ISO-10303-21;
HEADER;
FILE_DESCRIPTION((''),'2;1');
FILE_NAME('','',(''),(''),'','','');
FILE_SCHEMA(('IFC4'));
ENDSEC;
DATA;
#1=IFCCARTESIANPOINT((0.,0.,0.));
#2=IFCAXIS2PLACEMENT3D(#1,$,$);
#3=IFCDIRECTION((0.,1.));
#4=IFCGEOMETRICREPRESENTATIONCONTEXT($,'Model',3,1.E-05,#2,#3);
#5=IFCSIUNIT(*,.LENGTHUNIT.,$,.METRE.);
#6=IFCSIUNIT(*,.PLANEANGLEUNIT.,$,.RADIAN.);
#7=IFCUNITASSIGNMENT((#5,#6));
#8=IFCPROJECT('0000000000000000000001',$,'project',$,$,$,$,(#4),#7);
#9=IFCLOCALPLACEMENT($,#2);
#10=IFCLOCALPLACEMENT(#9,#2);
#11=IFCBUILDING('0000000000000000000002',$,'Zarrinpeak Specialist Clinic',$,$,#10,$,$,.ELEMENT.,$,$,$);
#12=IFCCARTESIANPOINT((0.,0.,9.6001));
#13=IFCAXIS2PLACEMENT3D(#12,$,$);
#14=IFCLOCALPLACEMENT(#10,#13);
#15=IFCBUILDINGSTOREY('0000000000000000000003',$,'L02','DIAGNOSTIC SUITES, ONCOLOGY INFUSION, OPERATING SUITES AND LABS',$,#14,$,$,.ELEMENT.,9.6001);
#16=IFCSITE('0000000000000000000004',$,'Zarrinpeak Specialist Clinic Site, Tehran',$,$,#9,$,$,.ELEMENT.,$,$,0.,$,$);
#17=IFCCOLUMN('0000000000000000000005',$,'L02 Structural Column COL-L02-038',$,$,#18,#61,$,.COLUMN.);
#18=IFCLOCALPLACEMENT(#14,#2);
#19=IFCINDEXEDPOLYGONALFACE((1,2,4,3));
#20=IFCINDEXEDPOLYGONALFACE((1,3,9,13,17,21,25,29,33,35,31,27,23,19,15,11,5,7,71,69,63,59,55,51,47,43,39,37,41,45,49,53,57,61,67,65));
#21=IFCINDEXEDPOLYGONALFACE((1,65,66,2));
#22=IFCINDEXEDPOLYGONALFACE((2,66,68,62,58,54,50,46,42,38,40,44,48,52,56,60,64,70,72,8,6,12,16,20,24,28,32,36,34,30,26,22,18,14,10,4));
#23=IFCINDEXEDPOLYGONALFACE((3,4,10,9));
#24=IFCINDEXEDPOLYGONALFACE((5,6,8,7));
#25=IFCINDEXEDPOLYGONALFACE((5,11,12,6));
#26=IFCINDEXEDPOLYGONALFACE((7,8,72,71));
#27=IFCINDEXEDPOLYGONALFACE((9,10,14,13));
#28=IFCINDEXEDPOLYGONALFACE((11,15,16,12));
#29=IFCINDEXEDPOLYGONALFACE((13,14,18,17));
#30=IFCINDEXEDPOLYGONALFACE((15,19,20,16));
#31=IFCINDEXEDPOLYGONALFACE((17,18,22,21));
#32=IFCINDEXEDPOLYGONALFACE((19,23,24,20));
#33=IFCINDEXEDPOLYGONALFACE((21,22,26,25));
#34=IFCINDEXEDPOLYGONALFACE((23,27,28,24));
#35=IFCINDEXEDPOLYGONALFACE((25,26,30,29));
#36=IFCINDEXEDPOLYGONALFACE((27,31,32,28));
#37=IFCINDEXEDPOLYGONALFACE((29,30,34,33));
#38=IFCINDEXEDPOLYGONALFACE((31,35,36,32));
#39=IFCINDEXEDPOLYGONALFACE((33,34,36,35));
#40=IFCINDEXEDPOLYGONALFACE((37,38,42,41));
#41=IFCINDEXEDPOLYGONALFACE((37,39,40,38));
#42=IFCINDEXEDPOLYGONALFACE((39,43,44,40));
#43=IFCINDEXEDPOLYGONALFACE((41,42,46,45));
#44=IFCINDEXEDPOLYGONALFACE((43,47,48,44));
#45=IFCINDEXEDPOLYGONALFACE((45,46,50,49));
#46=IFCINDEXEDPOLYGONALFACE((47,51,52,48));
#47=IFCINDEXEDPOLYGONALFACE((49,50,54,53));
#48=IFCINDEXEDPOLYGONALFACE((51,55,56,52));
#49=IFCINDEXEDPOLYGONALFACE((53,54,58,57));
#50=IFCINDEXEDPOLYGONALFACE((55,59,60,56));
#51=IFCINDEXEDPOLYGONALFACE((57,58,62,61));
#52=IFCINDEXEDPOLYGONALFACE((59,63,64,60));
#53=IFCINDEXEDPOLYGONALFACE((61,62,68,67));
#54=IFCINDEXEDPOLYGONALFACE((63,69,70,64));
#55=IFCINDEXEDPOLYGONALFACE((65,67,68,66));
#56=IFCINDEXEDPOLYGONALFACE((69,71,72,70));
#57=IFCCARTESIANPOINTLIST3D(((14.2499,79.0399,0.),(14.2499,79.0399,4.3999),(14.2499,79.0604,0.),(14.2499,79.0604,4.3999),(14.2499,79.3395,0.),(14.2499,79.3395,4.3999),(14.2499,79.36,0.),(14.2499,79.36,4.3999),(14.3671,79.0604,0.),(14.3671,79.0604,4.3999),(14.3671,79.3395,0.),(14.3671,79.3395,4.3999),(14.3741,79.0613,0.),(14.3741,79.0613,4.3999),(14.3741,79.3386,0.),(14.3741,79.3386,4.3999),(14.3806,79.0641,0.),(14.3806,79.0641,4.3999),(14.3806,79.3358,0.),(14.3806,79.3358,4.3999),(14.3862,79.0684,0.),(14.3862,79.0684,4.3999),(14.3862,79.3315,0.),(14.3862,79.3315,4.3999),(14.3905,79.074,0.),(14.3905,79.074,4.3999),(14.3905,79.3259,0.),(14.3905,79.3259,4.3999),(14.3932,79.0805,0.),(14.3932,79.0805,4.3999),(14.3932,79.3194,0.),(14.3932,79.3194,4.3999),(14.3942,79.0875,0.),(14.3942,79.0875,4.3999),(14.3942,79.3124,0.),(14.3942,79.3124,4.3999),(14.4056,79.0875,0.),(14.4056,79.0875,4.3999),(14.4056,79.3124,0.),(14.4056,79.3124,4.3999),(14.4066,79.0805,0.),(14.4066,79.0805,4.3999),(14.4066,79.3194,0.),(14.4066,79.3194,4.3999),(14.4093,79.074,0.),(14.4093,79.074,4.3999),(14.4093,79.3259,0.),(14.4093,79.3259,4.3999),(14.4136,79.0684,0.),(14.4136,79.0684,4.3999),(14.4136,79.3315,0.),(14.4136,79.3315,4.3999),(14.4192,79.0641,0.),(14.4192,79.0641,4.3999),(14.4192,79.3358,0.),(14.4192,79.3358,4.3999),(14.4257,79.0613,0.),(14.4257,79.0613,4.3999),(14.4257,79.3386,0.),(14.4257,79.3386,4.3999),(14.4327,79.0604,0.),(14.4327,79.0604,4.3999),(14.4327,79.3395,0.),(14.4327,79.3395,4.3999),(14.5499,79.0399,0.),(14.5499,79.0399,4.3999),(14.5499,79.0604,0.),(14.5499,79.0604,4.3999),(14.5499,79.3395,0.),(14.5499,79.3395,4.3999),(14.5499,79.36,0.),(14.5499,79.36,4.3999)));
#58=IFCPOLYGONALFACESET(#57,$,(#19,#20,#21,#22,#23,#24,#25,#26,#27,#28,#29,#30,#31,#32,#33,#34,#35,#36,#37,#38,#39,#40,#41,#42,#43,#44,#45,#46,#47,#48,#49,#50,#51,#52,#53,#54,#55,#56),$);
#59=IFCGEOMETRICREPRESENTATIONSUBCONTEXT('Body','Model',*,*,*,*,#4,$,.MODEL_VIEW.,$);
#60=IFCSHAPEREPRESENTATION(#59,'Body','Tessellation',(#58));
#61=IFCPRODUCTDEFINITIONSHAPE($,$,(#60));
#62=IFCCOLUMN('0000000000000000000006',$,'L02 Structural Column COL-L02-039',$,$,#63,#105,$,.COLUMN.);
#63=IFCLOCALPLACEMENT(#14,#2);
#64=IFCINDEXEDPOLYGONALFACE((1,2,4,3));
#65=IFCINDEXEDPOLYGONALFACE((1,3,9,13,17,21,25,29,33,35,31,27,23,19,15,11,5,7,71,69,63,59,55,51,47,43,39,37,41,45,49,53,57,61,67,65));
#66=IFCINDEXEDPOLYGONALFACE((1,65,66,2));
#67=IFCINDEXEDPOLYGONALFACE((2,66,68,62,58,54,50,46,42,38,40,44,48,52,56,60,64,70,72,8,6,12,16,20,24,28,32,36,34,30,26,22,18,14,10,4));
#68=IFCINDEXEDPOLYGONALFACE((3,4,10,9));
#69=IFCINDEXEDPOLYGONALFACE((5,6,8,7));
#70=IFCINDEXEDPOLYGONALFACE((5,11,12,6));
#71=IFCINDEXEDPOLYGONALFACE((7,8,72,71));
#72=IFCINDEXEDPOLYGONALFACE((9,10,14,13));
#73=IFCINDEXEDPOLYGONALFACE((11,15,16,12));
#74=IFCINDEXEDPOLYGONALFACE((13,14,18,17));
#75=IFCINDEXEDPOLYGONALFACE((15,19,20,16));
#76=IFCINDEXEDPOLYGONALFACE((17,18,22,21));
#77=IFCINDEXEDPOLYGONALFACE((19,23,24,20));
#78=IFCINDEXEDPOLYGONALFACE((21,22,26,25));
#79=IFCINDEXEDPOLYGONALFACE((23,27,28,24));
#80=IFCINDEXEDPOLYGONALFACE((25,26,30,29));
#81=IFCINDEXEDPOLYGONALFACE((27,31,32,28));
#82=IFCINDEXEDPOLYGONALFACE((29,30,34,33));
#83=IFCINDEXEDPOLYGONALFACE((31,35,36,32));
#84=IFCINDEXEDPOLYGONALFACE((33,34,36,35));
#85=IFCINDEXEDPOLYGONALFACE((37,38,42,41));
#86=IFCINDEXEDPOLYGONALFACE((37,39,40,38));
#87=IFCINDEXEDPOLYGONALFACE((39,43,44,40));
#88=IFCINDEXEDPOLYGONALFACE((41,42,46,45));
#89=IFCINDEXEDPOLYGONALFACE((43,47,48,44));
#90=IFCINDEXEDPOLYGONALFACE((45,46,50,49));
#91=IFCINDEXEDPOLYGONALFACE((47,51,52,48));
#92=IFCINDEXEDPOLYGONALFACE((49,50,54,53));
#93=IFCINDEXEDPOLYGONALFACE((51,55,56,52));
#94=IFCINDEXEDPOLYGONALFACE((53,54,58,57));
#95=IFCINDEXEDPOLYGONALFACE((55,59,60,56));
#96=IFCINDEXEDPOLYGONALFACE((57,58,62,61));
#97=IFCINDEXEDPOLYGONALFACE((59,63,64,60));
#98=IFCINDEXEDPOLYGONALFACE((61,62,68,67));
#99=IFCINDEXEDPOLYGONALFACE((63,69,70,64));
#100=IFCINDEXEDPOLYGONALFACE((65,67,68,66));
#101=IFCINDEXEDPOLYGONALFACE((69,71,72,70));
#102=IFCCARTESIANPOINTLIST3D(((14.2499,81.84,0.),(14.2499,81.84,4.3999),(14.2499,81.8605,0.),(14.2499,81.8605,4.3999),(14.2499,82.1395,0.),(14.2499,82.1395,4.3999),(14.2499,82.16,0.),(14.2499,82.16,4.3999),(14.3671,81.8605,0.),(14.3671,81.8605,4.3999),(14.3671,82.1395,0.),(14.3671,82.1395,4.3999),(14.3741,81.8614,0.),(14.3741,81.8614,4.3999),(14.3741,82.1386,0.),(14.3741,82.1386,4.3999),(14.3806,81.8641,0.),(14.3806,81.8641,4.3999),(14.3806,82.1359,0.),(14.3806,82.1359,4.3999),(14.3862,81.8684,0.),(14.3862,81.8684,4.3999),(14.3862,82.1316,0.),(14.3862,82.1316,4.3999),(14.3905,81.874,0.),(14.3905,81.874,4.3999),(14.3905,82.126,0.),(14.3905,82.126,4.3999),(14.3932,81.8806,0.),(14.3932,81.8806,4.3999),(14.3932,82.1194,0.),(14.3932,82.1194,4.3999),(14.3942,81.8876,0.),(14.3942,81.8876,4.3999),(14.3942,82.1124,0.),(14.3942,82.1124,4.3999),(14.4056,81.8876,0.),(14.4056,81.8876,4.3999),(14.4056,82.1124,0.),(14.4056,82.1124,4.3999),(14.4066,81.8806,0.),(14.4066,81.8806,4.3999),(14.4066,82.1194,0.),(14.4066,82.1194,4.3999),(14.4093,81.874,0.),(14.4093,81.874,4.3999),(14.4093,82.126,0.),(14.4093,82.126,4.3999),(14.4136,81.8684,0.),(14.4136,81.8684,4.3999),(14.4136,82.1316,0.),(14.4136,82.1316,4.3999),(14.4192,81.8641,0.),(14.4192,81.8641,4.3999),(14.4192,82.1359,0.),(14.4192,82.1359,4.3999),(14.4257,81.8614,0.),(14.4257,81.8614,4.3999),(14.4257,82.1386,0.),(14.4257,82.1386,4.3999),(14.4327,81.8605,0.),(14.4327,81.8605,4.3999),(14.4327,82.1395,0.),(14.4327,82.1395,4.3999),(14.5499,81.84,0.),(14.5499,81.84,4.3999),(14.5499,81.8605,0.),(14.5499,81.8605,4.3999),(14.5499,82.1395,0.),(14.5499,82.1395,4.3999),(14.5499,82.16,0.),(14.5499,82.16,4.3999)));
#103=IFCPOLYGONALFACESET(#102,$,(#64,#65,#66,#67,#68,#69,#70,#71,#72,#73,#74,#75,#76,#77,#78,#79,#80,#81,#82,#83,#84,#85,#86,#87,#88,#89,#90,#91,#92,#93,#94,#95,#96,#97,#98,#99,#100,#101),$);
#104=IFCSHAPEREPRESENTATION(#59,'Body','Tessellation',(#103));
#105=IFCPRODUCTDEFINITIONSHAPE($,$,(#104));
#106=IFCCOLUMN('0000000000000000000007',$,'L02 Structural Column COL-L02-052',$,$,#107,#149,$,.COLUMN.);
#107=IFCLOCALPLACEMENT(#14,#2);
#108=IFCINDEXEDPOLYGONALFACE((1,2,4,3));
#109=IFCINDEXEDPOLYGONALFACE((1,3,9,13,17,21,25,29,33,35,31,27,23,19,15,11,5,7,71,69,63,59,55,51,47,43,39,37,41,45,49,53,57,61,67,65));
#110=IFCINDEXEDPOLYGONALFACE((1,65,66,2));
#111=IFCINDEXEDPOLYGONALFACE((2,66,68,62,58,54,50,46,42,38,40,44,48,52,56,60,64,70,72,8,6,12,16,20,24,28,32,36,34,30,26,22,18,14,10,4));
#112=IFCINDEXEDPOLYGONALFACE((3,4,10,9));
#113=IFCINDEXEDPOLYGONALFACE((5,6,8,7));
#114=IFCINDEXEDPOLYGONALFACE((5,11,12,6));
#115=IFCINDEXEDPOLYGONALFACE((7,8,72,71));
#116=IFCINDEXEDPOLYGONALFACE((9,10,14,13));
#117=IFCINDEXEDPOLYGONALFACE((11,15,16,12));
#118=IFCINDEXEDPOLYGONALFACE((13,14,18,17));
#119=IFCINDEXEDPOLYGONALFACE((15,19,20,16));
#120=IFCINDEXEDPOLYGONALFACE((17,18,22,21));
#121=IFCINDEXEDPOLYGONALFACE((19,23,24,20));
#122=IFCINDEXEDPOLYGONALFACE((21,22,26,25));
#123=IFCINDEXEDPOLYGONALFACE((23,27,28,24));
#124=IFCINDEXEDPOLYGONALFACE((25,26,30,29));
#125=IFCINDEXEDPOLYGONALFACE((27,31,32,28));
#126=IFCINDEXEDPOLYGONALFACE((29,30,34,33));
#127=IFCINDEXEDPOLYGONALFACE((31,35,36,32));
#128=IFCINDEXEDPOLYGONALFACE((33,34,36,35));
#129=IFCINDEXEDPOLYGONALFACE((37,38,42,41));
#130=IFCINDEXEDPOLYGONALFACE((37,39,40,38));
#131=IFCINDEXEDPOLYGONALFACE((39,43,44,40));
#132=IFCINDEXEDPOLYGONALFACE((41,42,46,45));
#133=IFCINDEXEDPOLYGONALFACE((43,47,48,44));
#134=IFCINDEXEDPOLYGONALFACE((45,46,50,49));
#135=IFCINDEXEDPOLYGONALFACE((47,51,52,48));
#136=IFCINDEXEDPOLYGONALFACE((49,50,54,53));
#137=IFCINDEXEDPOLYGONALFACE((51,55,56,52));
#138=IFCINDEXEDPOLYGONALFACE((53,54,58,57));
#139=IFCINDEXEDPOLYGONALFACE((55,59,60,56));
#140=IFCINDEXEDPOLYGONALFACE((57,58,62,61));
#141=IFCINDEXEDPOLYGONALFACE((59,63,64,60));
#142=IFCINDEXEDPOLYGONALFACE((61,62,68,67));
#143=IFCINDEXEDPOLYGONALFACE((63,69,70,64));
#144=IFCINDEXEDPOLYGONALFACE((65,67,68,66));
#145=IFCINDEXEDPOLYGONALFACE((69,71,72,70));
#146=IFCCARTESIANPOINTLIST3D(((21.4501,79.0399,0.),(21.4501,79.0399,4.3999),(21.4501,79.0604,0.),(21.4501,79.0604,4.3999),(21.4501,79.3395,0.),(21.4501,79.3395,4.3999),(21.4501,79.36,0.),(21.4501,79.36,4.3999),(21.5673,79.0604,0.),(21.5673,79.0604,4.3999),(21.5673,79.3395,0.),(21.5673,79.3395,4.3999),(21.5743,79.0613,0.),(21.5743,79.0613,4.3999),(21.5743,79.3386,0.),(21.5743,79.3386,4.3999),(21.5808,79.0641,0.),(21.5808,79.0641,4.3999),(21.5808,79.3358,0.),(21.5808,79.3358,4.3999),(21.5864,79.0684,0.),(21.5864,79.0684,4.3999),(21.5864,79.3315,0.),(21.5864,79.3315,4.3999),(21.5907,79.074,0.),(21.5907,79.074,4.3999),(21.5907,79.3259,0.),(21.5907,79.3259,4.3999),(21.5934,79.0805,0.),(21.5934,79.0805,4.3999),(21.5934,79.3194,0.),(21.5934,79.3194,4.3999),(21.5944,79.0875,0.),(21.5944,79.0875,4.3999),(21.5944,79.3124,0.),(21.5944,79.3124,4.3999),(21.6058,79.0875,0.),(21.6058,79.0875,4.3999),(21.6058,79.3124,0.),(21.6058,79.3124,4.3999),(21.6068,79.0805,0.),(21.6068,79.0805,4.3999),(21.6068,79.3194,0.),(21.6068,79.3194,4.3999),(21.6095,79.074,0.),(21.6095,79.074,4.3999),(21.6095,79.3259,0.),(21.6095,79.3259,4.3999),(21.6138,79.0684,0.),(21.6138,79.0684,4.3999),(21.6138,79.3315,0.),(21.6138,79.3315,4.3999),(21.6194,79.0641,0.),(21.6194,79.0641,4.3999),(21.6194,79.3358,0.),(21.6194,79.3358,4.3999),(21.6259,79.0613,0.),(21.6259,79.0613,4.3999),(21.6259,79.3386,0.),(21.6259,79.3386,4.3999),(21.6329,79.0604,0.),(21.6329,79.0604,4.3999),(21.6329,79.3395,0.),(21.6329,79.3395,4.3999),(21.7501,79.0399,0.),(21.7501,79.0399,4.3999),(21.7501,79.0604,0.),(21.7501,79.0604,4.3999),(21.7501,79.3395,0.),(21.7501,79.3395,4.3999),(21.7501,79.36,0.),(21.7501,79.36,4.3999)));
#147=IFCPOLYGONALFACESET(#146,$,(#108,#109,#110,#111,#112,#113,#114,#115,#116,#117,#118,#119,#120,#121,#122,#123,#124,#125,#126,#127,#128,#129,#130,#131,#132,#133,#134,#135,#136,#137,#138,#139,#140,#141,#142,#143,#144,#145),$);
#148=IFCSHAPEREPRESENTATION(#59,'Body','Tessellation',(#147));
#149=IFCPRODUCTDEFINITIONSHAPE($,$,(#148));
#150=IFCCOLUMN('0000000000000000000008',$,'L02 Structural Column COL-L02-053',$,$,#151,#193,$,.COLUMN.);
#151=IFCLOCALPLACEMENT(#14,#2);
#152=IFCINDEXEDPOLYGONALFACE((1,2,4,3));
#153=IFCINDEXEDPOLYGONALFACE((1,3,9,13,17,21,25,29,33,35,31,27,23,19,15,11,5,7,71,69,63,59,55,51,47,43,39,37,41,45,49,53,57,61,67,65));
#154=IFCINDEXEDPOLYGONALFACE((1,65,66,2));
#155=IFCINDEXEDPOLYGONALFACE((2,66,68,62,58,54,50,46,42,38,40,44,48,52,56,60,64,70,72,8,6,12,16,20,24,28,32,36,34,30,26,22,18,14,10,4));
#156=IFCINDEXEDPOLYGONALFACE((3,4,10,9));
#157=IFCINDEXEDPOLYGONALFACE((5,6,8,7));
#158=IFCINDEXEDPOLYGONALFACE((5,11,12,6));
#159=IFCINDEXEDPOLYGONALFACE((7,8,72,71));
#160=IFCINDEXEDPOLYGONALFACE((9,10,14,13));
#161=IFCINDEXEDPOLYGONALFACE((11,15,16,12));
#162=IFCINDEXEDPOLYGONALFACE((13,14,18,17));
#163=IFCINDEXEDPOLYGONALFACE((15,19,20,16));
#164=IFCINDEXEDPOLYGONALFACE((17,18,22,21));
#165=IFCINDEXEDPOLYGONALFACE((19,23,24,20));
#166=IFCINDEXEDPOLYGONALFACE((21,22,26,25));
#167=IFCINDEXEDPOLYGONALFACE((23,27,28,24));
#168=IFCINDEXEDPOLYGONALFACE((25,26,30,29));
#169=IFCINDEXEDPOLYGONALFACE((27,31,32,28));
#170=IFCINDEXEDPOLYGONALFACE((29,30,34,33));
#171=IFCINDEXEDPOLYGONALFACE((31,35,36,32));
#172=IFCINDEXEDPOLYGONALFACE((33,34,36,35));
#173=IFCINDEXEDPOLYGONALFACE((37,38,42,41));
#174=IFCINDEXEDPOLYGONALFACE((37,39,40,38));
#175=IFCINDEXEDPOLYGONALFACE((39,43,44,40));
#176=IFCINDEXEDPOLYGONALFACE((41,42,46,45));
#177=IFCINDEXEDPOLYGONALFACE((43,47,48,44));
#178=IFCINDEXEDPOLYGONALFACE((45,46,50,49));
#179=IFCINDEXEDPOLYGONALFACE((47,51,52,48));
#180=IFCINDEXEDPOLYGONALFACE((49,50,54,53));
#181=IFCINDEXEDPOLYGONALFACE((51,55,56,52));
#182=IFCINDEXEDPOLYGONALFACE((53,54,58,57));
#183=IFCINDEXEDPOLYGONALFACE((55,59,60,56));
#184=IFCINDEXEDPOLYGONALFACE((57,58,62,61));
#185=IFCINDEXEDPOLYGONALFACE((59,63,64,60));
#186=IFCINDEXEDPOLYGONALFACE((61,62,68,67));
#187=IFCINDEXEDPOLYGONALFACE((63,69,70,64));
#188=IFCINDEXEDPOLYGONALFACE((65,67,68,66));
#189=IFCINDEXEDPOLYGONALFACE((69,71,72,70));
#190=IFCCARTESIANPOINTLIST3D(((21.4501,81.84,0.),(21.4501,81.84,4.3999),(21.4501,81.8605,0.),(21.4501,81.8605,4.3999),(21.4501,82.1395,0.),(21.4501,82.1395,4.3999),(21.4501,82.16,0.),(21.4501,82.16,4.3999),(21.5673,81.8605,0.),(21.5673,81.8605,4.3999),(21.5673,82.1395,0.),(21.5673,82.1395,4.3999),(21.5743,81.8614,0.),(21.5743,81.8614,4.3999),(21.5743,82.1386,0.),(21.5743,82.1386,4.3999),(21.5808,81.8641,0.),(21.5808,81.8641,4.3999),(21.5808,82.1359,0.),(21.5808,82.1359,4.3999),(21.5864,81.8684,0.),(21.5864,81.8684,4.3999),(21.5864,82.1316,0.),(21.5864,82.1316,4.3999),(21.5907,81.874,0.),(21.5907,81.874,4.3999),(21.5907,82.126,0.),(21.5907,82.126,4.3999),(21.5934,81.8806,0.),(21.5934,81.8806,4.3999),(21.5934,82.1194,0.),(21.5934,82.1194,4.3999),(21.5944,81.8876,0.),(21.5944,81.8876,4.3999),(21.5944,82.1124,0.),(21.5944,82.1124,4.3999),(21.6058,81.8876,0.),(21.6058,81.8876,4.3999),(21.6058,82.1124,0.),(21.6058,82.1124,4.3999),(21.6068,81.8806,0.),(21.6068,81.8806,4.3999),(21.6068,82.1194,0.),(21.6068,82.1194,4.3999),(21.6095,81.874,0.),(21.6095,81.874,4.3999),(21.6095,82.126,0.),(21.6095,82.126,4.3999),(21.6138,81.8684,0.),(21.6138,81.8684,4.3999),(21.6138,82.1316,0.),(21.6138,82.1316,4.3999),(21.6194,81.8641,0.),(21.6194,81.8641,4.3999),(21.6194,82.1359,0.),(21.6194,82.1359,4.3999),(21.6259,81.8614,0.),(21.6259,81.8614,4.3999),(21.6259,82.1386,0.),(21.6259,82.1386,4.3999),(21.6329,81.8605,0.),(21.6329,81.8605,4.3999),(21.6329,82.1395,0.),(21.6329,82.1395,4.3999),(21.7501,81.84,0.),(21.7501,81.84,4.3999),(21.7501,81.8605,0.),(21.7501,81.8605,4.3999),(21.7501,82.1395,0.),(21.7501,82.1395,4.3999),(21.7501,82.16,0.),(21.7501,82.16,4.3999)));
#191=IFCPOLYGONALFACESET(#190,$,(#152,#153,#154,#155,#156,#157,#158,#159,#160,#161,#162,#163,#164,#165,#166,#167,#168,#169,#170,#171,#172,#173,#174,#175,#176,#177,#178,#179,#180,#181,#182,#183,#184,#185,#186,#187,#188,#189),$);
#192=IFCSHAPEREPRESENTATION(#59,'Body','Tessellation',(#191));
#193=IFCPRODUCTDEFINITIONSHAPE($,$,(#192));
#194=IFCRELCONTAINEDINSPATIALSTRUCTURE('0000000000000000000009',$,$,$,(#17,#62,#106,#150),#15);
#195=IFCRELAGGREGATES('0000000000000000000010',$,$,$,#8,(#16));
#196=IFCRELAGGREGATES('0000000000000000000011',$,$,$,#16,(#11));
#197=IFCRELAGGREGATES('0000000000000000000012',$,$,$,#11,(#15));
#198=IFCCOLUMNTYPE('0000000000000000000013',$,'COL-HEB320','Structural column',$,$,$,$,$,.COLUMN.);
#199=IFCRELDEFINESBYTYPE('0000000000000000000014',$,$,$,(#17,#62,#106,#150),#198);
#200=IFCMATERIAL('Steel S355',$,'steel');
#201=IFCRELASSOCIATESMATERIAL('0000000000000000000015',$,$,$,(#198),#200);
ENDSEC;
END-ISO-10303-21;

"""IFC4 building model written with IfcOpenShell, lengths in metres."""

from ifc_helpers import new_model, si_unit, direction, frame, origin, origin_2d, place, context, subcontext, project, spatial, i_section, extrude, material, material_profile, profile_set, type_object, element, save


model = new_model("IFC4")

# Units and contexts
model_context = context("Model", 3, precision=1e-05, world=origin(), true_north=direction((0.0, 1.0)))
body_context = subcontext(model_context, "Body", "Model", "MODEL_VIEW")
ifc_project = project(units=[si_unit("LENGTHUNIT", "METRE"), si_unit("PLANEANGLEUNIT", "RADIAN")], contexts=[model_context])

# Site, building, storey
site_placement = place(None, origin())
site = spatial("IfcSite", under=ifc_project, at=site_placement, Name="Zarrinpeak Specialist Clinic Site, Tehran", CompositionType="ELEMENT", RefElevation=0.0)
building_placement = place(site_placement, origin())
building = spatial("IfcBuilding", under=site, at=building_placement, Name="Zarrinpeak Specialist Clinic", CompositionType="ELEMENT")
storey_placement = place(building_placement, frame((0.0, 0.0, 9.6001)))
storey = spatial("IfcBuildingStorey", under=building, at=storey_placement, Name="L02", Description="DIAGNOSTIC SUITES, ONCOLOGY INFUSION, OPERATING SUITES AND LABS", CompositionType="ELEMENT", Elevation=9.6001)

# Columns
ifc_material_1 = material(Name="Steel S355", Category="steel")
ifc_material_profile_1 = material_profile(ifc_material_1, i_section(OverallWidth=0.3, OverallDepth=0.3201, WebThickness=0.0115, FlangeThickness=0.0205, FilletRadius=0.0271, at=origin_2d()), Name="HEB 320")
ifc_profile_set_1 = profile_set([ifc_material_profile_1], Name="Steel S355")
column_type = type_object("IfcColumnType", Name="COL-HEB320", Description="Structural column", PredefinedType="COLUMN", material=ifc_profile_set_1)
for number, where, z_axis, x_axis, name in (
    (1, (14.3999, 79.2, 0.0), (0.0, 0.0, 1.0), (1.0, 0.0, 0.0), "L02 Structural Column COL-L02-038"),
    (2, (14.3999, 82.0, 0.0), (0.0, 0.0, 1.0), (1.0, 0.0, 0.0), "L02 Structural Column COL-L02-039"),
    (3, (21.6001, 79.2, 0.0), (0.0, 0.0, 1.0), (1.0, 0.0, 0.0), "L02 Structural Column COL-L02-052"),
    (4, (21.6001, 82.0, 0.0), (0.0, 0.0, 1.0), (1.0, 0.0, 0.0), "L02 Structural Column COL-L02-053"),
):
    element("IfcColumn", number, at=place(storey_placement, frame(where, z_axis=z_axis, x_axis=x_axis)), inside=storey, type_object=column_type, Name=name, PredefinedType="COLUMN", context=body_context, shape_type="SweptSolid", body=[
        extrude(i_section(OverallWidth=0.3, OverallDepth=0.3201, WebThickness=0.0115, FlangeThickness=0.0205, FilletRadius=0.0271, at=origin_2d()), origin(), (0.0, 0.0, 1.0), 4.3999),
    ])

save(model, "model.ifc")
